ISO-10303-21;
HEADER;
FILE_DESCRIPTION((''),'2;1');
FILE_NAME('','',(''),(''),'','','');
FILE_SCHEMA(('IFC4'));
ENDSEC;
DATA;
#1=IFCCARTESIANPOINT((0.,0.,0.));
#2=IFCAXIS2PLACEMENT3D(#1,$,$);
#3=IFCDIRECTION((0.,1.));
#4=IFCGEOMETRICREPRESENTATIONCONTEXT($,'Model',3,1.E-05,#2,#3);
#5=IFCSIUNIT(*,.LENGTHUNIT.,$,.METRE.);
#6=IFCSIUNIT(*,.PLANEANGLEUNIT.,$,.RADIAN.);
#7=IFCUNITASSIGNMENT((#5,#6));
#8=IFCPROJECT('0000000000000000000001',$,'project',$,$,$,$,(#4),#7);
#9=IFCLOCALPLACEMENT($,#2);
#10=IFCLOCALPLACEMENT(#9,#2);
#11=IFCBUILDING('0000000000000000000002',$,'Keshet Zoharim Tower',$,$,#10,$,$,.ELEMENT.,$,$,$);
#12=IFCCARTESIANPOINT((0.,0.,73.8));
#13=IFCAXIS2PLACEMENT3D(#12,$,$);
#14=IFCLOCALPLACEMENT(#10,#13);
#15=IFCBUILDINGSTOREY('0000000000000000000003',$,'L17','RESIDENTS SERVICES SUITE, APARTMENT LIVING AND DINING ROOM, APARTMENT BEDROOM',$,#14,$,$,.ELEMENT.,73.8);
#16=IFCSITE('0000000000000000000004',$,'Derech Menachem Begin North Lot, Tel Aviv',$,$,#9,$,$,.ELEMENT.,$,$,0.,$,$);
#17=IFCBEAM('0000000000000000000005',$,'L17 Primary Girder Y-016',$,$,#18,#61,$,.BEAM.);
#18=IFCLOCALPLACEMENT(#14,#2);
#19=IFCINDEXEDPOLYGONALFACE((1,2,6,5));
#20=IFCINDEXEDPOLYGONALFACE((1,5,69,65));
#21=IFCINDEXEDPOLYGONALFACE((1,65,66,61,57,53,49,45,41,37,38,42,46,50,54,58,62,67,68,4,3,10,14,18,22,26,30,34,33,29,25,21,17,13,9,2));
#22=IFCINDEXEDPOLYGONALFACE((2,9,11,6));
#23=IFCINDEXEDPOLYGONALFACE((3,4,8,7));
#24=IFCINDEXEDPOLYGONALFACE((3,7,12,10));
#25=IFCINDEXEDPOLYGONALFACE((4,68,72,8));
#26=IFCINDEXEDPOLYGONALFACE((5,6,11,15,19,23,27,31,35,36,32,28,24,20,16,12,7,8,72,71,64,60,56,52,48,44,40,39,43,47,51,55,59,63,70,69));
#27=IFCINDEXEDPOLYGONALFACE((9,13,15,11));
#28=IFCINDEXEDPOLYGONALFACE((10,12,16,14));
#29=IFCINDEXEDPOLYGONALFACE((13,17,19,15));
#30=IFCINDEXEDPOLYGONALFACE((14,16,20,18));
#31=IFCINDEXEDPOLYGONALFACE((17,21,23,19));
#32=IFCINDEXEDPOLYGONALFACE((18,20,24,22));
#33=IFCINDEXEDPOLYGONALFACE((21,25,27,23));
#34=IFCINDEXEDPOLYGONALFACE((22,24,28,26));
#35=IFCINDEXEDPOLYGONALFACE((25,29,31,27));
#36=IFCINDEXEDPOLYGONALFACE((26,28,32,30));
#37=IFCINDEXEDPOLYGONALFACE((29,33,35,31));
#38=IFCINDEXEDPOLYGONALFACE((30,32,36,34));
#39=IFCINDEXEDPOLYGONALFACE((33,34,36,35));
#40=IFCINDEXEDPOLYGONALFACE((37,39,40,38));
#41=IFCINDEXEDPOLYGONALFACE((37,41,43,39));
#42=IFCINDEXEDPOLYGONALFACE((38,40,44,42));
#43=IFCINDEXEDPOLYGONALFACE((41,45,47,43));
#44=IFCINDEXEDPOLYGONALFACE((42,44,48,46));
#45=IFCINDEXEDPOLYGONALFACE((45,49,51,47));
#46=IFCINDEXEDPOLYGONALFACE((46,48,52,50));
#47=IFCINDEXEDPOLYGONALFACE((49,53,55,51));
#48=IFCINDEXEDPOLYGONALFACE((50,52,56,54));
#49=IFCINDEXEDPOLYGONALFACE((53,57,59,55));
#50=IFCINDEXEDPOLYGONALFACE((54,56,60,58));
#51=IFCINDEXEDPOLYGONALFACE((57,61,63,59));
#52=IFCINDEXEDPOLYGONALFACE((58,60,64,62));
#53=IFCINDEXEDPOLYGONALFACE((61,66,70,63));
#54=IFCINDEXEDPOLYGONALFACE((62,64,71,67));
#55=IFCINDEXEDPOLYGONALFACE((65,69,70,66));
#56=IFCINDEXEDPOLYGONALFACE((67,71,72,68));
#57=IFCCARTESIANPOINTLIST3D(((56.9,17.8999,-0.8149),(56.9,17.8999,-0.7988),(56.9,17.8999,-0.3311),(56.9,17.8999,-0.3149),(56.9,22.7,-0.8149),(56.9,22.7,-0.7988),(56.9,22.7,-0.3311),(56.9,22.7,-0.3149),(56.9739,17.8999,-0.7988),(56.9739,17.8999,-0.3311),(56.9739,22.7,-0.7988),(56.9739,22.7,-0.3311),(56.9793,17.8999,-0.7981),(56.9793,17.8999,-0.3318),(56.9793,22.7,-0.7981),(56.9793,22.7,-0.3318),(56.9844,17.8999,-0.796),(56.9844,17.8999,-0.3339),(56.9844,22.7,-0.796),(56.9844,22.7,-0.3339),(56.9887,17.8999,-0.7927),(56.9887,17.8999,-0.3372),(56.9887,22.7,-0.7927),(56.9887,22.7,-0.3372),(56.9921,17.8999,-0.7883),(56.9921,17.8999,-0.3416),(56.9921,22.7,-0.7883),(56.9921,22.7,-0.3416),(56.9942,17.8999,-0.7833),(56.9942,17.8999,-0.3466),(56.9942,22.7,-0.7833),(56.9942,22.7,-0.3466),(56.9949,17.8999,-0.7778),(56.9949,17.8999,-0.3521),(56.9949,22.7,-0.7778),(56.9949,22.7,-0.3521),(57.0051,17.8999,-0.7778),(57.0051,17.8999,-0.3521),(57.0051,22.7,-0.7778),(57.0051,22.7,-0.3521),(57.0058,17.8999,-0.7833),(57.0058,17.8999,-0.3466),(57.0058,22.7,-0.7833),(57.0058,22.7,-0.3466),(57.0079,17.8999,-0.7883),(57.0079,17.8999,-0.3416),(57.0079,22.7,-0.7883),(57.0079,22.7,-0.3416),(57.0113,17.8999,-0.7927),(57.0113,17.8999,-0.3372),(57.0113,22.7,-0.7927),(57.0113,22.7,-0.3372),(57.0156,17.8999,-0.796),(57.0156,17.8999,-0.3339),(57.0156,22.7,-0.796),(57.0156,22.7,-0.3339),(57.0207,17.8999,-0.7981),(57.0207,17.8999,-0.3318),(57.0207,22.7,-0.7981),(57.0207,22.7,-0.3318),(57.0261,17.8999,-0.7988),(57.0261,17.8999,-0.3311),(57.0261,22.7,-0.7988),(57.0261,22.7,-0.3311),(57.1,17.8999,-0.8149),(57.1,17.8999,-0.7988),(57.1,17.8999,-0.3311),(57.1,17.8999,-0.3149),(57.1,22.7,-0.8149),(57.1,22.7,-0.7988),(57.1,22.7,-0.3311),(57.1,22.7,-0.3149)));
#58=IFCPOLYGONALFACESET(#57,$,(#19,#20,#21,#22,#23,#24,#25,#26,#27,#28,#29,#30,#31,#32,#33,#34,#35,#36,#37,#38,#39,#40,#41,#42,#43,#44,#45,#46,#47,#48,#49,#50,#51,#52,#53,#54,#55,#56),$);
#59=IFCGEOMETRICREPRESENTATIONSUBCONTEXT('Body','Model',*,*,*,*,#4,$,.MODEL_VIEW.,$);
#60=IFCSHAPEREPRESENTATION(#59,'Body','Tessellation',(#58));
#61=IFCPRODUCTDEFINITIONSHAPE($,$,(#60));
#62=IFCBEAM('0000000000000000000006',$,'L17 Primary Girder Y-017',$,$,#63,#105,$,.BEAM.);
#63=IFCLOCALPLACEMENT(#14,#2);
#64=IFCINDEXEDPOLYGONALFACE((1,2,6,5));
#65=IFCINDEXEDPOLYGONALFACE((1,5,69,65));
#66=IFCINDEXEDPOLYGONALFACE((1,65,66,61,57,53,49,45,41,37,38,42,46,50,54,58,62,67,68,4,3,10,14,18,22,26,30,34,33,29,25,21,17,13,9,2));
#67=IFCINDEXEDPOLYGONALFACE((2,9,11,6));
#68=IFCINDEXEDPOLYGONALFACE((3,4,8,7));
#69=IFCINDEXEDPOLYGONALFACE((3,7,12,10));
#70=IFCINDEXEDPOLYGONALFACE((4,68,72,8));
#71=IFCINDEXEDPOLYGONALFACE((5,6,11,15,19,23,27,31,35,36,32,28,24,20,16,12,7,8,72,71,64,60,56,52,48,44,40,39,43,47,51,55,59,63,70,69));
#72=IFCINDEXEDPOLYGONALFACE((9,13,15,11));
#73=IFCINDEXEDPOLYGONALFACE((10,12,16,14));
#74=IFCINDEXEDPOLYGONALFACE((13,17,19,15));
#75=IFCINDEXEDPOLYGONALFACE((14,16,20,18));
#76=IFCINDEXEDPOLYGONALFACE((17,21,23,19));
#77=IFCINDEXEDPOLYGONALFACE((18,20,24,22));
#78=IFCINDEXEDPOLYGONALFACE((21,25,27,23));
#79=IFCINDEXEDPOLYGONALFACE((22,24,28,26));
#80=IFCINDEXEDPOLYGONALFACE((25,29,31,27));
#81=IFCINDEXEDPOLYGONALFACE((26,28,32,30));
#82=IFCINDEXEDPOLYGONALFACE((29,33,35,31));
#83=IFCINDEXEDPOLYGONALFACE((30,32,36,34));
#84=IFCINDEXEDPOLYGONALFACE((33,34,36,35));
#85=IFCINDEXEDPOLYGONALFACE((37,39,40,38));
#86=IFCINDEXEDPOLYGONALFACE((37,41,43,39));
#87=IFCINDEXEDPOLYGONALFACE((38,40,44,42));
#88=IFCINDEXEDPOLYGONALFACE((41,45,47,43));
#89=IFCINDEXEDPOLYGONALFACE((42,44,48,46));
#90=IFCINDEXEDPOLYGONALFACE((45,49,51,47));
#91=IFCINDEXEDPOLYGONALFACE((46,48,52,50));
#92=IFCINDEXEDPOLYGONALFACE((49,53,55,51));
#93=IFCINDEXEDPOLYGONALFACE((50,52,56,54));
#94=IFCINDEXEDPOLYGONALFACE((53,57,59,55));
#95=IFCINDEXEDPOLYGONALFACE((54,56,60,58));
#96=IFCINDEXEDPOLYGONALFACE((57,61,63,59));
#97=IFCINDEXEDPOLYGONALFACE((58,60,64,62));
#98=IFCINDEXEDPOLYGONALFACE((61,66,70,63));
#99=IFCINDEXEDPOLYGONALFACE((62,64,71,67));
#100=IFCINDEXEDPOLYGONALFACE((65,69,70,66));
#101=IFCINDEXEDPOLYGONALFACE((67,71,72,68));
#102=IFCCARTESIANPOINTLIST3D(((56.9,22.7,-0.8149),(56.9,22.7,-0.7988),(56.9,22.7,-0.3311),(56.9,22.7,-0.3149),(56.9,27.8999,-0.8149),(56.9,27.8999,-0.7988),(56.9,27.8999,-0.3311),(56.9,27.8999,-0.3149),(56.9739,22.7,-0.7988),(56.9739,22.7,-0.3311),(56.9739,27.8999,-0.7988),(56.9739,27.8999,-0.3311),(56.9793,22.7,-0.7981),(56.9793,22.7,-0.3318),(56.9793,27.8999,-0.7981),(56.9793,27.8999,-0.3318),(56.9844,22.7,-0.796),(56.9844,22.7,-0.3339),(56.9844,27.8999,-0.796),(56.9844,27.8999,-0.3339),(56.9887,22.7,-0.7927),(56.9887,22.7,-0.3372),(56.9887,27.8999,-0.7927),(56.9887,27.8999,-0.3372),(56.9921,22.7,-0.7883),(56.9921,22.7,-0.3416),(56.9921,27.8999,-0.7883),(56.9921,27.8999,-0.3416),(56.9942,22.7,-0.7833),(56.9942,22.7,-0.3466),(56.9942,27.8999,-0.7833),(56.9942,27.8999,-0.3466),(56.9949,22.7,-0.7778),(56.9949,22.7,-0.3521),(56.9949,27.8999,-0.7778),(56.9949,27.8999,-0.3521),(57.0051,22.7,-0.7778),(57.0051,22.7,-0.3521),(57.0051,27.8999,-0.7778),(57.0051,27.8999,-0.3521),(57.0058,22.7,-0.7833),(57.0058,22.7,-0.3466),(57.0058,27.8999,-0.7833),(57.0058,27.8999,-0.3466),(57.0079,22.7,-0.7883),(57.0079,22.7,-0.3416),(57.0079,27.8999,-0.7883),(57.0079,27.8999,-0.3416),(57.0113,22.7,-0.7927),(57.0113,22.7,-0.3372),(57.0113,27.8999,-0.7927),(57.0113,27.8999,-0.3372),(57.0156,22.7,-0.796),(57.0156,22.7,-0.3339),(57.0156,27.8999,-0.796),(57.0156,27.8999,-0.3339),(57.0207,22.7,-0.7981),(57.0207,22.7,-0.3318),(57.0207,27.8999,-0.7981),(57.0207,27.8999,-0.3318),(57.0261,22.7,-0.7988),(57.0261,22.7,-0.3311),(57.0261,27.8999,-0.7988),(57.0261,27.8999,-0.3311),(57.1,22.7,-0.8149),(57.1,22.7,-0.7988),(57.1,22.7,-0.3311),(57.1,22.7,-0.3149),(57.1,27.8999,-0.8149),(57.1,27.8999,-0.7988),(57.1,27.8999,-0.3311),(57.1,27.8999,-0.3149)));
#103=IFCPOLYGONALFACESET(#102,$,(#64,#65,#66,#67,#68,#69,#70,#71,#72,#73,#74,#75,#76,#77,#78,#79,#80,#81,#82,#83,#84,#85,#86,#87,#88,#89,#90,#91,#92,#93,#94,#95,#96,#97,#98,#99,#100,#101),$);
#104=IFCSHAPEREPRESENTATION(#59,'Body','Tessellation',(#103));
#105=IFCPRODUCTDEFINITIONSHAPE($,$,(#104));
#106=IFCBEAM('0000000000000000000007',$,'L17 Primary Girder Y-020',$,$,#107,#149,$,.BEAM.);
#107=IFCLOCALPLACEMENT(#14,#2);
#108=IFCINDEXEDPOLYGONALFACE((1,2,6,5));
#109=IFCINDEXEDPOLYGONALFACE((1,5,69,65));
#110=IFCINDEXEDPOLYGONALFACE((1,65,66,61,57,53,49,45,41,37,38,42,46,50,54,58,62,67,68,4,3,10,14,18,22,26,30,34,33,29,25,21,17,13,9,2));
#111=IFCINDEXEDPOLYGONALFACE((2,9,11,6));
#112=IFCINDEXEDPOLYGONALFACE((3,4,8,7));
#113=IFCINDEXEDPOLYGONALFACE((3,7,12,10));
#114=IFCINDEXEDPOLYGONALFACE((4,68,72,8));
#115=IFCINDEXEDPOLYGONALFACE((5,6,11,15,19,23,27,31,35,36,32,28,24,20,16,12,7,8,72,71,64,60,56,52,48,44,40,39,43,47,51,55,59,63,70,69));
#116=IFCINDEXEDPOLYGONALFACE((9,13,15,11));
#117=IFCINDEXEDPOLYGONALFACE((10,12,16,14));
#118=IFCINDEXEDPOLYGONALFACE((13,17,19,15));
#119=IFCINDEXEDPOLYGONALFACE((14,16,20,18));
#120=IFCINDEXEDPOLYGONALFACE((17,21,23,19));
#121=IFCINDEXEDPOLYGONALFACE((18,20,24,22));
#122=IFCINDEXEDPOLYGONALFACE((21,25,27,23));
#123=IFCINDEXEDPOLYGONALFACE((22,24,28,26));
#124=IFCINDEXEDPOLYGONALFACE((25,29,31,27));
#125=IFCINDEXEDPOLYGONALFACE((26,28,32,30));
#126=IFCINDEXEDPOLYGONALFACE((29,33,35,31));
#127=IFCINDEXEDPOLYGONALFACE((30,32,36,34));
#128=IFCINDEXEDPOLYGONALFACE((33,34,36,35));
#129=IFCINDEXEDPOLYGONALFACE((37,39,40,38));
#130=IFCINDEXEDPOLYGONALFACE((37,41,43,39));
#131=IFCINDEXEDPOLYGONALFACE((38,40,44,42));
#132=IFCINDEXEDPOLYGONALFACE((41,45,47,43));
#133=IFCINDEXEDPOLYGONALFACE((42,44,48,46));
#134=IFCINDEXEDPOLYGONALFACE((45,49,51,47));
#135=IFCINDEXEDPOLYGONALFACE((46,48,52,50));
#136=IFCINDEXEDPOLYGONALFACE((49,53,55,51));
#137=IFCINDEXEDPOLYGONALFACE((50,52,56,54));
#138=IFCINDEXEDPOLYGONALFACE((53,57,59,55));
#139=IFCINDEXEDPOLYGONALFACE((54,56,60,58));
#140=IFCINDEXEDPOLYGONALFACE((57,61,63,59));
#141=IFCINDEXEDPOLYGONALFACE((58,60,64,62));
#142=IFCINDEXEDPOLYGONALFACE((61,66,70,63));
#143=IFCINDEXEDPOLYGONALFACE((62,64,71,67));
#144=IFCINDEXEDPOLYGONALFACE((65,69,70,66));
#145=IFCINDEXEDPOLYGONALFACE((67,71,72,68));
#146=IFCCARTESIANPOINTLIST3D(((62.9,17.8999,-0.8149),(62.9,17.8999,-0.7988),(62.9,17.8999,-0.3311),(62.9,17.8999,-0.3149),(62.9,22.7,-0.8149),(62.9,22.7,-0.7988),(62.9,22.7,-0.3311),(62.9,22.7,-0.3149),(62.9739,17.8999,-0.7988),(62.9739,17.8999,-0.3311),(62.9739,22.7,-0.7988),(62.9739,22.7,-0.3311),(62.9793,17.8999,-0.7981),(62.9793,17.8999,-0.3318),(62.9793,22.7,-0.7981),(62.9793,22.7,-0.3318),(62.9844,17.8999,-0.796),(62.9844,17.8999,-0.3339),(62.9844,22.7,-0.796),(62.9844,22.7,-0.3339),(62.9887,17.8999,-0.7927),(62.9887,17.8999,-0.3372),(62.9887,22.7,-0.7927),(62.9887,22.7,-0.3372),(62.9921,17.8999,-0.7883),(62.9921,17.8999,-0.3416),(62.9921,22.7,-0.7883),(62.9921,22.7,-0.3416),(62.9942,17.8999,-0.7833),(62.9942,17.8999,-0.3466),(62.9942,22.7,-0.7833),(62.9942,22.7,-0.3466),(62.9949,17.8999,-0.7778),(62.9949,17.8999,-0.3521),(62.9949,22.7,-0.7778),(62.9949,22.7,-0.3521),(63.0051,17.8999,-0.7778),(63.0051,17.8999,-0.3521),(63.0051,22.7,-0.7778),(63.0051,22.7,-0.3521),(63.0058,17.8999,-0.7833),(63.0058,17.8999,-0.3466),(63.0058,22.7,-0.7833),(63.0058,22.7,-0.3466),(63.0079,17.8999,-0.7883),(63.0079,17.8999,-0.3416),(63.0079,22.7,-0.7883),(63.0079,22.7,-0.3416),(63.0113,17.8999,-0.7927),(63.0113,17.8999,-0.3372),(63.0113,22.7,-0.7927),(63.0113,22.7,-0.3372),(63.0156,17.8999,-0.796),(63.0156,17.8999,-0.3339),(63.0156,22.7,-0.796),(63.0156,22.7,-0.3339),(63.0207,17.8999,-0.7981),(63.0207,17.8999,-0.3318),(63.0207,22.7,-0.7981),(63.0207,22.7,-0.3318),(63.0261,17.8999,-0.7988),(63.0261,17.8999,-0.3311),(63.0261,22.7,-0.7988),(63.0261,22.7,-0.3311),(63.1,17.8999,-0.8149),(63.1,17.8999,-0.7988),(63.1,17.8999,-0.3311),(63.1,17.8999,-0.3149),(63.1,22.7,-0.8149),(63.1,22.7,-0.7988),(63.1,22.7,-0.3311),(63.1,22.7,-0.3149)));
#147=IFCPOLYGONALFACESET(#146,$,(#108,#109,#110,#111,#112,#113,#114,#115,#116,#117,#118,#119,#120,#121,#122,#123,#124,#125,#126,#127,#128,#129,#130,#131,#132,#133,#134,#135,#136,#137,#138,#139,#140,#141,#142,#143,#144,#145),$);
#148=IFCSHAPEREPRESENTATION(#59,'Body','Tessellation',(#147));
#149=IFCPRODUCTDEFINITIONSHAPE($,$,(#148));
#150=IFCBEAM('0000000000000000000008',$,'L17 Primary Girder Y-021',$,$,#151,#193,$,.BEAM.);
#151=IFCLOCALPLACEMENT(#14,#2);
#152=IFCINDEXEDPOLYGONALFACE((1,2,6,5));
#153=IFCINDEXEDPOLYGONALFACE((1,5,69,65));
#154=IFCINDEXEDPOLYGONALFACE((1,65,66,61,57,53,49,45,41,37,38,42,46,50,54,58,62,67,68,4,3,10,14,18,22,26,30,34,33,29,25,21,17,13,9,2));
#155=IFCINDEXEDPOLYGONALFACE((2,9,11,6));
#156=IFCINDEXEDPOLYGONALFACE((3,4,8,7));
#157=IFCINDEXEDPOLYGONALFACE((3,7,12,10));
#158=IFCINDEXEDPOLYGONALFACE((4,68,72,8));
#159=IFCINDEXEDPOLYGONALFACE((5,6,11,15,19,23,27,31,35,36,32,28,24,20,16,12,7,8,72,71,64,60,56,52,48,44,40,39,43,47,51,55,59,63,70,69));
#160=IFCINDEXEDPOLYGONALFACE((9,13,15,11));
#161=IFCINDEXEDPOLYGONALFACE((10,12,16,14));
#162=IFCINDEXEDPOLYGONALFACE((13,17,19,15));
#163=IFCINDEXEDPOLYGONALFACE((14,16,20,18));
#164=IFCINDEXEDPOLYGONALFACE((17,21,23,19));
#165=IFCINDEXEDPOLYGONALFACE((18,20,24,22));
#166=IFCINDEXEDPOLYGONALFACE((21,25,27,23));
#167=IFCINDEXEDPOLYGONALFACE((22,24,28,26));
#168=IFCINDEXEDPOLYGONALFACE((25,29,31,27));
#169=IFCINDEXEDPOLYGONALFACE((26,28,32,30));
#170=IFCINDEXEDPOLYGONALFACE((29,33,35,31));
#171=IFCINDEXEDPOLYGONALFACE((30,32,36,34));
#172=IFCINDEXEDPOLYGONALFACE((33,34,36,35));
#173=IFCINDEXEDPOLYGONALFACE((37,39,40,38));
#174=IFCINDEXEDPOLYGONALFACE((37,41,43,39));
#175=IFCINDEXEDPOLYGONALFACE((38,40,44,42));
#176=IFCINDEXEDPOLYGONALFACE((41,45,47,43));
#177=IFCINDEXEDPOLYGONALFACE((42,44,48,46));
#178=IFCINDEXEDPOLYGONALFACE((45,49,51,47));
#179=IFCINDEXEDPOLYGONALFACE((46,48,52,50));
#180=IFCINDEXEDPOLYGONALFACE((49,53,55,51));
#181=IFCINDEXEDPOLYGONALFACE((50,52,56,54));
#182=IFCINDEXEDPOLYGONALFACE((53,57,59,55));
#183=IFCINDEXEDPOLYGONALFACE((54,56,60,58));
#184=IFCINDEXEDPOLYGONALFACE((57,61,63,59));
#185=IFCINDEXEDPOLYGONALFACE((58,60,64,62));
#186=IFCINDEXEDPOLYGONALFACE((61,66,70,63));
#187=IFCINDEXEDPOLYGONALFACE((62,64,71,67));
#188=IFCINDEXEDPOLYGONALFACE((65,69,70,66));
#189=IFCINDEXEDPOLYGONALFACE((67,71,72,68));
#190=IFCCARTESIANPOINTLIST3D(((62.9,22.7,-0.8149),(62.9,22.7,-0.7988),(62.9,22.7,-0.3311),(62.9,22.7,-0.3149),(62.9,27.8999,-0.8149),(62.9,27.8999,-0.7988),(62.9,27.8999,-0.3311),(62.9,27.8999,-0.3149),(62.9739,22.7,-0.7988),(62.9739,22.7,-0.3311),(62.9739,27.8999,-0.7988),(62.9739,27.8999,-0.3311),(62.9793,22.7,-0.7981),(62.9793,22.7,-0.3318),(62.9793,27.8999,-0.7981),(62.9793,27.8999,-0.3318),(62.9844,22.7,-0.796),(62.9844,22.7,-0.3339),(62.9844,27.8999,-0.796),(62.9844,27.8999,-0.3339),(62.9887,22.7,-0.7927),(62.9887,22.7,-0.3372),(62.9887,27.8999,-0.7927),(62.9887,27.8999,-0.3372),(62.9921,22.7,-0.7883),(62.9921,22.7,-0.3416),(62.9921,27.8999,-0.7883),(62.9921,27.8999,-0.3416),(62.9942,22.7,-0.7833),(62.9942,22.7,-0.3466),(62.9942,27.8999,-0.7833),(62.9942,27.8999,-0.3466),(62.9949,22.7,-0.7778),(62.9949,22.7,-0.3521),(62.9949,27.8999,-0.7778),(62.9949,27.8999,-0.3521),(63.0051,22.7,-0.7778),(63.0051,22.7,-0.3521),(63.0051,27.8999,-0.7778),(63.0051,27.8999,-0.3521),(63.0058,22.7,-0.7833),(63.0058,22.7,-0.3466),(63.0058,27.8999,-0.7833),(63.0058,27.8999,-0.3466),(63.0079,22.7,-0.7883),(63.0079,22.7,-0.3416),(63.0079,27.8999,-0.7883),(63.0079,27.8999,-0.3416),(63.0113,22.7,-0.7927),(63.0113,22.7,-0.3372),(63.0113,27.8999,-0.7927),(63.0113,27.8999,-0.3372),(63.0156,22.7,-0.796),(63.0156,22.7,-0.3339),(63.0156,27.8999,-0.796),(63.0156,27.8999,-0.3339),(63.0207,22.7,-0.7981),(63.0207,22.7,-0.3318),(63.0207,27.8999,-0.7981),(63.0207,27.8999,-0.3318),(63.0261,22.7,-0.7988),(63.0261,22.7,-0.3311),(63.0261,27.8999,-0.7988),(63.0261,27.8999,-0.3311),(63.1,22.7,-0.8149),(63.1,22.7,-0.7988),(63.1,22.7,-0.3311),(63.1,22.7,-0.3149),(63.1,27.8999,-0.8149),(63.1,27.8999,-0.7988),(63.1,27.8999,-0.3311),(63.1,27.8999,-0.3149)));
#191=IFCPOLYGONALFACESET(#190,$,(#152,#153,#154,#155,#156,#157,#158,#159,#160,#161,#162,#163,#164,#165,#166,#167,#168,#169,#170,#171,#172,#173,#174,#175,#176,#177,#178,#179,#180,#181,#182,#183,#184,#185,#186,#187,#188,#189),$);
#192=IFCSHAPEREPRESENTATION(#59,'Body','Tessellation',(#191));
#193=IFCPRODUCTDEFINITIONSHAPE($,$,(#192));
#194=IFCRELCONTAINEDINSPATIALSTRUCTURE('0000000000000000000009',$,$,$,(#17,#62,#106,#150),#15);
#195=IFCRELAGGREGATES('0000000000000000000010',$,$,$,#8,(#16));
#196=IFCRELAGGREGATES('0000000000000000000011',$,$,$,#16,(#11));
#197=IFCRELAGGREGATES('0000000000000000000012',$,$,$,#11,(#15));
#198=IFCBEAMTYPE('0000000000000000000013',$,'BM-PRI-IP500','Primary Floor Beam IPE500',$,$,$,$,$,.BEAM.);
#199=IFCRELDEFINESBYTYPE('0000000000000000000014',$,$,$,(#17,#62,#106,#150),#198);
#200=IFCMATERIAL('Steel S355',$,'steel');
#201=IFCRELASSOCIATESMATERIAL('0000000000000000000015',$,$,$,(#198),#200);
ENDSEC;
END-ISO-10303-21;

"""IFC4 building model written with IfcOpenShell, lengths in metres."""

from ifc_helpers import new_model, si_unit, direction, frame, origin, origin_2d, place, context, subcontext, project, spatial, i_section, extrude, material, material_profile, profile_set, type_object, element, save


model = new_model("IFC4")

# Units and contexts
model_context = context("Model", 3, precision=1e-05, world=origin(), true_north=direction((0.0, 1.0)))
body_context = subcontext(model_context, "Body", "Model", "MODEL_VIEW")
ifc_project = project(units=[si_unit("LENGTHUNIT", "METRE"), si_unit("PLANEANGLEUNIT", "RADIAN")], contexts=[model_context])

# Site, building, storey
site_placement = place(None, origin())
site = spatial("IfcSite", under=ifc_project, at=site_placement, Name="Derech Menachem Begin North Lot, Tel Aviv", CompositionType="ELEMENT", RefElevation=0.0)
building_placement = place(site_placement, origin())
building = spatial("IfcBuilding", under=site, at=building_placement, Name="Keshet Zoharim Tower", CompositionType="ELEMENT")
storey_placement = place(building_placement, frame((0.0, 0.0, 73.8)))
storey = spatial("IfcBuildingStorey", under=building, at=storey_placement, Name="L17", Description="RESIDENTS SERVICES SUITE, APARTMENT LIVING AND DINING ROOM, APARTMENT BEDROOM", CompositionType="ELEMENT", Elevation=73.8)

# Shared definitions
ifc_material_1 = material(Name="Steel S355", Category="steel")

# Beams
ifc_material_profile_1 = material_profile(ifc_material_1, i_section(OverallWidth=0.2, OverallDepth=0.5, WebThickness=0.0103, FlangeThickness=0.0161, FilletRadius=0.021, at=origin_2d()), Name="IPE500")
ifc_profile_set_1 = profile_set([ifc_material_profile_1], Name="Steel S355")
beam_type_1 = type_object("IfcBeamType", Name="BM-PRI-IP500", Description="Primary Floor Beam IPE500", PredefinedType="BEAM", material=ifc_profile_set_1)
beam_1_placement = place(storey_placement, frame((57.0, 17.8999, -0.5649), z_axis=(0.0, 1.0, 0.0), x_axis=(-1.0, 0.0, 0.0)))
element("IfcBeam", 1, at=beam_1_placement, inside=storey, type_object=beam_type_1, Name="L17 Primary Girder Y-016", PredefinedType="BEAM", context=body_context, shape_type="SweptSolid", body=[
    extrude(i_section(OverallWidth=0.2, OverallDepth=0.5, WebThickness=0.0103, FlangeThickness=0.0161, FilletRadius=0.021, at=origin_2d()), origin(), (0.0, 0.0, 1.0), 4.8),
])
beam_2_placement = place(storey_placement, frame((57.0, 22.7, -0.5649), z_axis=(0.0, 1.0, 0.0), x_axis=(-1.0, 0.0, 0.0)))
element("IfcBeam", 2, at=beam_2_placement, inside=storey, type_object=beam_type_1, Name="L17 Primary Girder Y-017", PredefinedType="BEAM", context=body_context, shape_type="SweptSolid", body=[
    extrude(i_section(OverallWidth=0.2, OverallDepth=0.5, WebThickness=0.0103, FlangeThickness=0.0161, FilletRadius=0.021, at=origin_2d()), origin(), (0.0, 0.0, 1.0), 5.2),
])
beam_3_placement = place(storey_placement, frame((63.0, 17.8999, -0.5649), z_axis=(0.0, 1.0, 0.0), x_axis=(-1.0, 0.0, 0.0)))
element("IfcBeam", 3, at=beam_3_placement, inside=storey, type_object=beam_type_1, Name="L17 Primary Girder Y-020", PredefinedType="BEAM", context=body_context, shape_type="SweptSolid", body=[
    extrude(i_section(OverallWidth=0.2, OverallDepth=0.5, WebThickness=0.0103, FlangeThickness=0.0161, FilletRadius=0.021, at=origin_2d()), origin(), (0.0, 0.0, 1.0), 4.8),
])
beam_4_placement = place(storey_placement, frame((63.0, 22.7, -0.5649), z_axis=(0.0, 1.0, 0.0), x_axis=(-1.0, 0.0, 0.0)))
element("IfcBeam", 4, at=beam_4_placement, inside=storey, type_object=beam_type_1, Name="L17 Primary Girder Y-021", PredefinedType="BEAM", context=body_context, shape_type="SweptSolid", body=[
    extrude(i_section(OverallWidth=0.2, OverallDepth=0.5, WebThickness=0.0103, FlangeThickness=0.0161, FilletRadius=0.021, at=origin_2d()), origin(), (0.0, 0.0, 1.0), 5.2),
])

save(model, "model.ifc")
